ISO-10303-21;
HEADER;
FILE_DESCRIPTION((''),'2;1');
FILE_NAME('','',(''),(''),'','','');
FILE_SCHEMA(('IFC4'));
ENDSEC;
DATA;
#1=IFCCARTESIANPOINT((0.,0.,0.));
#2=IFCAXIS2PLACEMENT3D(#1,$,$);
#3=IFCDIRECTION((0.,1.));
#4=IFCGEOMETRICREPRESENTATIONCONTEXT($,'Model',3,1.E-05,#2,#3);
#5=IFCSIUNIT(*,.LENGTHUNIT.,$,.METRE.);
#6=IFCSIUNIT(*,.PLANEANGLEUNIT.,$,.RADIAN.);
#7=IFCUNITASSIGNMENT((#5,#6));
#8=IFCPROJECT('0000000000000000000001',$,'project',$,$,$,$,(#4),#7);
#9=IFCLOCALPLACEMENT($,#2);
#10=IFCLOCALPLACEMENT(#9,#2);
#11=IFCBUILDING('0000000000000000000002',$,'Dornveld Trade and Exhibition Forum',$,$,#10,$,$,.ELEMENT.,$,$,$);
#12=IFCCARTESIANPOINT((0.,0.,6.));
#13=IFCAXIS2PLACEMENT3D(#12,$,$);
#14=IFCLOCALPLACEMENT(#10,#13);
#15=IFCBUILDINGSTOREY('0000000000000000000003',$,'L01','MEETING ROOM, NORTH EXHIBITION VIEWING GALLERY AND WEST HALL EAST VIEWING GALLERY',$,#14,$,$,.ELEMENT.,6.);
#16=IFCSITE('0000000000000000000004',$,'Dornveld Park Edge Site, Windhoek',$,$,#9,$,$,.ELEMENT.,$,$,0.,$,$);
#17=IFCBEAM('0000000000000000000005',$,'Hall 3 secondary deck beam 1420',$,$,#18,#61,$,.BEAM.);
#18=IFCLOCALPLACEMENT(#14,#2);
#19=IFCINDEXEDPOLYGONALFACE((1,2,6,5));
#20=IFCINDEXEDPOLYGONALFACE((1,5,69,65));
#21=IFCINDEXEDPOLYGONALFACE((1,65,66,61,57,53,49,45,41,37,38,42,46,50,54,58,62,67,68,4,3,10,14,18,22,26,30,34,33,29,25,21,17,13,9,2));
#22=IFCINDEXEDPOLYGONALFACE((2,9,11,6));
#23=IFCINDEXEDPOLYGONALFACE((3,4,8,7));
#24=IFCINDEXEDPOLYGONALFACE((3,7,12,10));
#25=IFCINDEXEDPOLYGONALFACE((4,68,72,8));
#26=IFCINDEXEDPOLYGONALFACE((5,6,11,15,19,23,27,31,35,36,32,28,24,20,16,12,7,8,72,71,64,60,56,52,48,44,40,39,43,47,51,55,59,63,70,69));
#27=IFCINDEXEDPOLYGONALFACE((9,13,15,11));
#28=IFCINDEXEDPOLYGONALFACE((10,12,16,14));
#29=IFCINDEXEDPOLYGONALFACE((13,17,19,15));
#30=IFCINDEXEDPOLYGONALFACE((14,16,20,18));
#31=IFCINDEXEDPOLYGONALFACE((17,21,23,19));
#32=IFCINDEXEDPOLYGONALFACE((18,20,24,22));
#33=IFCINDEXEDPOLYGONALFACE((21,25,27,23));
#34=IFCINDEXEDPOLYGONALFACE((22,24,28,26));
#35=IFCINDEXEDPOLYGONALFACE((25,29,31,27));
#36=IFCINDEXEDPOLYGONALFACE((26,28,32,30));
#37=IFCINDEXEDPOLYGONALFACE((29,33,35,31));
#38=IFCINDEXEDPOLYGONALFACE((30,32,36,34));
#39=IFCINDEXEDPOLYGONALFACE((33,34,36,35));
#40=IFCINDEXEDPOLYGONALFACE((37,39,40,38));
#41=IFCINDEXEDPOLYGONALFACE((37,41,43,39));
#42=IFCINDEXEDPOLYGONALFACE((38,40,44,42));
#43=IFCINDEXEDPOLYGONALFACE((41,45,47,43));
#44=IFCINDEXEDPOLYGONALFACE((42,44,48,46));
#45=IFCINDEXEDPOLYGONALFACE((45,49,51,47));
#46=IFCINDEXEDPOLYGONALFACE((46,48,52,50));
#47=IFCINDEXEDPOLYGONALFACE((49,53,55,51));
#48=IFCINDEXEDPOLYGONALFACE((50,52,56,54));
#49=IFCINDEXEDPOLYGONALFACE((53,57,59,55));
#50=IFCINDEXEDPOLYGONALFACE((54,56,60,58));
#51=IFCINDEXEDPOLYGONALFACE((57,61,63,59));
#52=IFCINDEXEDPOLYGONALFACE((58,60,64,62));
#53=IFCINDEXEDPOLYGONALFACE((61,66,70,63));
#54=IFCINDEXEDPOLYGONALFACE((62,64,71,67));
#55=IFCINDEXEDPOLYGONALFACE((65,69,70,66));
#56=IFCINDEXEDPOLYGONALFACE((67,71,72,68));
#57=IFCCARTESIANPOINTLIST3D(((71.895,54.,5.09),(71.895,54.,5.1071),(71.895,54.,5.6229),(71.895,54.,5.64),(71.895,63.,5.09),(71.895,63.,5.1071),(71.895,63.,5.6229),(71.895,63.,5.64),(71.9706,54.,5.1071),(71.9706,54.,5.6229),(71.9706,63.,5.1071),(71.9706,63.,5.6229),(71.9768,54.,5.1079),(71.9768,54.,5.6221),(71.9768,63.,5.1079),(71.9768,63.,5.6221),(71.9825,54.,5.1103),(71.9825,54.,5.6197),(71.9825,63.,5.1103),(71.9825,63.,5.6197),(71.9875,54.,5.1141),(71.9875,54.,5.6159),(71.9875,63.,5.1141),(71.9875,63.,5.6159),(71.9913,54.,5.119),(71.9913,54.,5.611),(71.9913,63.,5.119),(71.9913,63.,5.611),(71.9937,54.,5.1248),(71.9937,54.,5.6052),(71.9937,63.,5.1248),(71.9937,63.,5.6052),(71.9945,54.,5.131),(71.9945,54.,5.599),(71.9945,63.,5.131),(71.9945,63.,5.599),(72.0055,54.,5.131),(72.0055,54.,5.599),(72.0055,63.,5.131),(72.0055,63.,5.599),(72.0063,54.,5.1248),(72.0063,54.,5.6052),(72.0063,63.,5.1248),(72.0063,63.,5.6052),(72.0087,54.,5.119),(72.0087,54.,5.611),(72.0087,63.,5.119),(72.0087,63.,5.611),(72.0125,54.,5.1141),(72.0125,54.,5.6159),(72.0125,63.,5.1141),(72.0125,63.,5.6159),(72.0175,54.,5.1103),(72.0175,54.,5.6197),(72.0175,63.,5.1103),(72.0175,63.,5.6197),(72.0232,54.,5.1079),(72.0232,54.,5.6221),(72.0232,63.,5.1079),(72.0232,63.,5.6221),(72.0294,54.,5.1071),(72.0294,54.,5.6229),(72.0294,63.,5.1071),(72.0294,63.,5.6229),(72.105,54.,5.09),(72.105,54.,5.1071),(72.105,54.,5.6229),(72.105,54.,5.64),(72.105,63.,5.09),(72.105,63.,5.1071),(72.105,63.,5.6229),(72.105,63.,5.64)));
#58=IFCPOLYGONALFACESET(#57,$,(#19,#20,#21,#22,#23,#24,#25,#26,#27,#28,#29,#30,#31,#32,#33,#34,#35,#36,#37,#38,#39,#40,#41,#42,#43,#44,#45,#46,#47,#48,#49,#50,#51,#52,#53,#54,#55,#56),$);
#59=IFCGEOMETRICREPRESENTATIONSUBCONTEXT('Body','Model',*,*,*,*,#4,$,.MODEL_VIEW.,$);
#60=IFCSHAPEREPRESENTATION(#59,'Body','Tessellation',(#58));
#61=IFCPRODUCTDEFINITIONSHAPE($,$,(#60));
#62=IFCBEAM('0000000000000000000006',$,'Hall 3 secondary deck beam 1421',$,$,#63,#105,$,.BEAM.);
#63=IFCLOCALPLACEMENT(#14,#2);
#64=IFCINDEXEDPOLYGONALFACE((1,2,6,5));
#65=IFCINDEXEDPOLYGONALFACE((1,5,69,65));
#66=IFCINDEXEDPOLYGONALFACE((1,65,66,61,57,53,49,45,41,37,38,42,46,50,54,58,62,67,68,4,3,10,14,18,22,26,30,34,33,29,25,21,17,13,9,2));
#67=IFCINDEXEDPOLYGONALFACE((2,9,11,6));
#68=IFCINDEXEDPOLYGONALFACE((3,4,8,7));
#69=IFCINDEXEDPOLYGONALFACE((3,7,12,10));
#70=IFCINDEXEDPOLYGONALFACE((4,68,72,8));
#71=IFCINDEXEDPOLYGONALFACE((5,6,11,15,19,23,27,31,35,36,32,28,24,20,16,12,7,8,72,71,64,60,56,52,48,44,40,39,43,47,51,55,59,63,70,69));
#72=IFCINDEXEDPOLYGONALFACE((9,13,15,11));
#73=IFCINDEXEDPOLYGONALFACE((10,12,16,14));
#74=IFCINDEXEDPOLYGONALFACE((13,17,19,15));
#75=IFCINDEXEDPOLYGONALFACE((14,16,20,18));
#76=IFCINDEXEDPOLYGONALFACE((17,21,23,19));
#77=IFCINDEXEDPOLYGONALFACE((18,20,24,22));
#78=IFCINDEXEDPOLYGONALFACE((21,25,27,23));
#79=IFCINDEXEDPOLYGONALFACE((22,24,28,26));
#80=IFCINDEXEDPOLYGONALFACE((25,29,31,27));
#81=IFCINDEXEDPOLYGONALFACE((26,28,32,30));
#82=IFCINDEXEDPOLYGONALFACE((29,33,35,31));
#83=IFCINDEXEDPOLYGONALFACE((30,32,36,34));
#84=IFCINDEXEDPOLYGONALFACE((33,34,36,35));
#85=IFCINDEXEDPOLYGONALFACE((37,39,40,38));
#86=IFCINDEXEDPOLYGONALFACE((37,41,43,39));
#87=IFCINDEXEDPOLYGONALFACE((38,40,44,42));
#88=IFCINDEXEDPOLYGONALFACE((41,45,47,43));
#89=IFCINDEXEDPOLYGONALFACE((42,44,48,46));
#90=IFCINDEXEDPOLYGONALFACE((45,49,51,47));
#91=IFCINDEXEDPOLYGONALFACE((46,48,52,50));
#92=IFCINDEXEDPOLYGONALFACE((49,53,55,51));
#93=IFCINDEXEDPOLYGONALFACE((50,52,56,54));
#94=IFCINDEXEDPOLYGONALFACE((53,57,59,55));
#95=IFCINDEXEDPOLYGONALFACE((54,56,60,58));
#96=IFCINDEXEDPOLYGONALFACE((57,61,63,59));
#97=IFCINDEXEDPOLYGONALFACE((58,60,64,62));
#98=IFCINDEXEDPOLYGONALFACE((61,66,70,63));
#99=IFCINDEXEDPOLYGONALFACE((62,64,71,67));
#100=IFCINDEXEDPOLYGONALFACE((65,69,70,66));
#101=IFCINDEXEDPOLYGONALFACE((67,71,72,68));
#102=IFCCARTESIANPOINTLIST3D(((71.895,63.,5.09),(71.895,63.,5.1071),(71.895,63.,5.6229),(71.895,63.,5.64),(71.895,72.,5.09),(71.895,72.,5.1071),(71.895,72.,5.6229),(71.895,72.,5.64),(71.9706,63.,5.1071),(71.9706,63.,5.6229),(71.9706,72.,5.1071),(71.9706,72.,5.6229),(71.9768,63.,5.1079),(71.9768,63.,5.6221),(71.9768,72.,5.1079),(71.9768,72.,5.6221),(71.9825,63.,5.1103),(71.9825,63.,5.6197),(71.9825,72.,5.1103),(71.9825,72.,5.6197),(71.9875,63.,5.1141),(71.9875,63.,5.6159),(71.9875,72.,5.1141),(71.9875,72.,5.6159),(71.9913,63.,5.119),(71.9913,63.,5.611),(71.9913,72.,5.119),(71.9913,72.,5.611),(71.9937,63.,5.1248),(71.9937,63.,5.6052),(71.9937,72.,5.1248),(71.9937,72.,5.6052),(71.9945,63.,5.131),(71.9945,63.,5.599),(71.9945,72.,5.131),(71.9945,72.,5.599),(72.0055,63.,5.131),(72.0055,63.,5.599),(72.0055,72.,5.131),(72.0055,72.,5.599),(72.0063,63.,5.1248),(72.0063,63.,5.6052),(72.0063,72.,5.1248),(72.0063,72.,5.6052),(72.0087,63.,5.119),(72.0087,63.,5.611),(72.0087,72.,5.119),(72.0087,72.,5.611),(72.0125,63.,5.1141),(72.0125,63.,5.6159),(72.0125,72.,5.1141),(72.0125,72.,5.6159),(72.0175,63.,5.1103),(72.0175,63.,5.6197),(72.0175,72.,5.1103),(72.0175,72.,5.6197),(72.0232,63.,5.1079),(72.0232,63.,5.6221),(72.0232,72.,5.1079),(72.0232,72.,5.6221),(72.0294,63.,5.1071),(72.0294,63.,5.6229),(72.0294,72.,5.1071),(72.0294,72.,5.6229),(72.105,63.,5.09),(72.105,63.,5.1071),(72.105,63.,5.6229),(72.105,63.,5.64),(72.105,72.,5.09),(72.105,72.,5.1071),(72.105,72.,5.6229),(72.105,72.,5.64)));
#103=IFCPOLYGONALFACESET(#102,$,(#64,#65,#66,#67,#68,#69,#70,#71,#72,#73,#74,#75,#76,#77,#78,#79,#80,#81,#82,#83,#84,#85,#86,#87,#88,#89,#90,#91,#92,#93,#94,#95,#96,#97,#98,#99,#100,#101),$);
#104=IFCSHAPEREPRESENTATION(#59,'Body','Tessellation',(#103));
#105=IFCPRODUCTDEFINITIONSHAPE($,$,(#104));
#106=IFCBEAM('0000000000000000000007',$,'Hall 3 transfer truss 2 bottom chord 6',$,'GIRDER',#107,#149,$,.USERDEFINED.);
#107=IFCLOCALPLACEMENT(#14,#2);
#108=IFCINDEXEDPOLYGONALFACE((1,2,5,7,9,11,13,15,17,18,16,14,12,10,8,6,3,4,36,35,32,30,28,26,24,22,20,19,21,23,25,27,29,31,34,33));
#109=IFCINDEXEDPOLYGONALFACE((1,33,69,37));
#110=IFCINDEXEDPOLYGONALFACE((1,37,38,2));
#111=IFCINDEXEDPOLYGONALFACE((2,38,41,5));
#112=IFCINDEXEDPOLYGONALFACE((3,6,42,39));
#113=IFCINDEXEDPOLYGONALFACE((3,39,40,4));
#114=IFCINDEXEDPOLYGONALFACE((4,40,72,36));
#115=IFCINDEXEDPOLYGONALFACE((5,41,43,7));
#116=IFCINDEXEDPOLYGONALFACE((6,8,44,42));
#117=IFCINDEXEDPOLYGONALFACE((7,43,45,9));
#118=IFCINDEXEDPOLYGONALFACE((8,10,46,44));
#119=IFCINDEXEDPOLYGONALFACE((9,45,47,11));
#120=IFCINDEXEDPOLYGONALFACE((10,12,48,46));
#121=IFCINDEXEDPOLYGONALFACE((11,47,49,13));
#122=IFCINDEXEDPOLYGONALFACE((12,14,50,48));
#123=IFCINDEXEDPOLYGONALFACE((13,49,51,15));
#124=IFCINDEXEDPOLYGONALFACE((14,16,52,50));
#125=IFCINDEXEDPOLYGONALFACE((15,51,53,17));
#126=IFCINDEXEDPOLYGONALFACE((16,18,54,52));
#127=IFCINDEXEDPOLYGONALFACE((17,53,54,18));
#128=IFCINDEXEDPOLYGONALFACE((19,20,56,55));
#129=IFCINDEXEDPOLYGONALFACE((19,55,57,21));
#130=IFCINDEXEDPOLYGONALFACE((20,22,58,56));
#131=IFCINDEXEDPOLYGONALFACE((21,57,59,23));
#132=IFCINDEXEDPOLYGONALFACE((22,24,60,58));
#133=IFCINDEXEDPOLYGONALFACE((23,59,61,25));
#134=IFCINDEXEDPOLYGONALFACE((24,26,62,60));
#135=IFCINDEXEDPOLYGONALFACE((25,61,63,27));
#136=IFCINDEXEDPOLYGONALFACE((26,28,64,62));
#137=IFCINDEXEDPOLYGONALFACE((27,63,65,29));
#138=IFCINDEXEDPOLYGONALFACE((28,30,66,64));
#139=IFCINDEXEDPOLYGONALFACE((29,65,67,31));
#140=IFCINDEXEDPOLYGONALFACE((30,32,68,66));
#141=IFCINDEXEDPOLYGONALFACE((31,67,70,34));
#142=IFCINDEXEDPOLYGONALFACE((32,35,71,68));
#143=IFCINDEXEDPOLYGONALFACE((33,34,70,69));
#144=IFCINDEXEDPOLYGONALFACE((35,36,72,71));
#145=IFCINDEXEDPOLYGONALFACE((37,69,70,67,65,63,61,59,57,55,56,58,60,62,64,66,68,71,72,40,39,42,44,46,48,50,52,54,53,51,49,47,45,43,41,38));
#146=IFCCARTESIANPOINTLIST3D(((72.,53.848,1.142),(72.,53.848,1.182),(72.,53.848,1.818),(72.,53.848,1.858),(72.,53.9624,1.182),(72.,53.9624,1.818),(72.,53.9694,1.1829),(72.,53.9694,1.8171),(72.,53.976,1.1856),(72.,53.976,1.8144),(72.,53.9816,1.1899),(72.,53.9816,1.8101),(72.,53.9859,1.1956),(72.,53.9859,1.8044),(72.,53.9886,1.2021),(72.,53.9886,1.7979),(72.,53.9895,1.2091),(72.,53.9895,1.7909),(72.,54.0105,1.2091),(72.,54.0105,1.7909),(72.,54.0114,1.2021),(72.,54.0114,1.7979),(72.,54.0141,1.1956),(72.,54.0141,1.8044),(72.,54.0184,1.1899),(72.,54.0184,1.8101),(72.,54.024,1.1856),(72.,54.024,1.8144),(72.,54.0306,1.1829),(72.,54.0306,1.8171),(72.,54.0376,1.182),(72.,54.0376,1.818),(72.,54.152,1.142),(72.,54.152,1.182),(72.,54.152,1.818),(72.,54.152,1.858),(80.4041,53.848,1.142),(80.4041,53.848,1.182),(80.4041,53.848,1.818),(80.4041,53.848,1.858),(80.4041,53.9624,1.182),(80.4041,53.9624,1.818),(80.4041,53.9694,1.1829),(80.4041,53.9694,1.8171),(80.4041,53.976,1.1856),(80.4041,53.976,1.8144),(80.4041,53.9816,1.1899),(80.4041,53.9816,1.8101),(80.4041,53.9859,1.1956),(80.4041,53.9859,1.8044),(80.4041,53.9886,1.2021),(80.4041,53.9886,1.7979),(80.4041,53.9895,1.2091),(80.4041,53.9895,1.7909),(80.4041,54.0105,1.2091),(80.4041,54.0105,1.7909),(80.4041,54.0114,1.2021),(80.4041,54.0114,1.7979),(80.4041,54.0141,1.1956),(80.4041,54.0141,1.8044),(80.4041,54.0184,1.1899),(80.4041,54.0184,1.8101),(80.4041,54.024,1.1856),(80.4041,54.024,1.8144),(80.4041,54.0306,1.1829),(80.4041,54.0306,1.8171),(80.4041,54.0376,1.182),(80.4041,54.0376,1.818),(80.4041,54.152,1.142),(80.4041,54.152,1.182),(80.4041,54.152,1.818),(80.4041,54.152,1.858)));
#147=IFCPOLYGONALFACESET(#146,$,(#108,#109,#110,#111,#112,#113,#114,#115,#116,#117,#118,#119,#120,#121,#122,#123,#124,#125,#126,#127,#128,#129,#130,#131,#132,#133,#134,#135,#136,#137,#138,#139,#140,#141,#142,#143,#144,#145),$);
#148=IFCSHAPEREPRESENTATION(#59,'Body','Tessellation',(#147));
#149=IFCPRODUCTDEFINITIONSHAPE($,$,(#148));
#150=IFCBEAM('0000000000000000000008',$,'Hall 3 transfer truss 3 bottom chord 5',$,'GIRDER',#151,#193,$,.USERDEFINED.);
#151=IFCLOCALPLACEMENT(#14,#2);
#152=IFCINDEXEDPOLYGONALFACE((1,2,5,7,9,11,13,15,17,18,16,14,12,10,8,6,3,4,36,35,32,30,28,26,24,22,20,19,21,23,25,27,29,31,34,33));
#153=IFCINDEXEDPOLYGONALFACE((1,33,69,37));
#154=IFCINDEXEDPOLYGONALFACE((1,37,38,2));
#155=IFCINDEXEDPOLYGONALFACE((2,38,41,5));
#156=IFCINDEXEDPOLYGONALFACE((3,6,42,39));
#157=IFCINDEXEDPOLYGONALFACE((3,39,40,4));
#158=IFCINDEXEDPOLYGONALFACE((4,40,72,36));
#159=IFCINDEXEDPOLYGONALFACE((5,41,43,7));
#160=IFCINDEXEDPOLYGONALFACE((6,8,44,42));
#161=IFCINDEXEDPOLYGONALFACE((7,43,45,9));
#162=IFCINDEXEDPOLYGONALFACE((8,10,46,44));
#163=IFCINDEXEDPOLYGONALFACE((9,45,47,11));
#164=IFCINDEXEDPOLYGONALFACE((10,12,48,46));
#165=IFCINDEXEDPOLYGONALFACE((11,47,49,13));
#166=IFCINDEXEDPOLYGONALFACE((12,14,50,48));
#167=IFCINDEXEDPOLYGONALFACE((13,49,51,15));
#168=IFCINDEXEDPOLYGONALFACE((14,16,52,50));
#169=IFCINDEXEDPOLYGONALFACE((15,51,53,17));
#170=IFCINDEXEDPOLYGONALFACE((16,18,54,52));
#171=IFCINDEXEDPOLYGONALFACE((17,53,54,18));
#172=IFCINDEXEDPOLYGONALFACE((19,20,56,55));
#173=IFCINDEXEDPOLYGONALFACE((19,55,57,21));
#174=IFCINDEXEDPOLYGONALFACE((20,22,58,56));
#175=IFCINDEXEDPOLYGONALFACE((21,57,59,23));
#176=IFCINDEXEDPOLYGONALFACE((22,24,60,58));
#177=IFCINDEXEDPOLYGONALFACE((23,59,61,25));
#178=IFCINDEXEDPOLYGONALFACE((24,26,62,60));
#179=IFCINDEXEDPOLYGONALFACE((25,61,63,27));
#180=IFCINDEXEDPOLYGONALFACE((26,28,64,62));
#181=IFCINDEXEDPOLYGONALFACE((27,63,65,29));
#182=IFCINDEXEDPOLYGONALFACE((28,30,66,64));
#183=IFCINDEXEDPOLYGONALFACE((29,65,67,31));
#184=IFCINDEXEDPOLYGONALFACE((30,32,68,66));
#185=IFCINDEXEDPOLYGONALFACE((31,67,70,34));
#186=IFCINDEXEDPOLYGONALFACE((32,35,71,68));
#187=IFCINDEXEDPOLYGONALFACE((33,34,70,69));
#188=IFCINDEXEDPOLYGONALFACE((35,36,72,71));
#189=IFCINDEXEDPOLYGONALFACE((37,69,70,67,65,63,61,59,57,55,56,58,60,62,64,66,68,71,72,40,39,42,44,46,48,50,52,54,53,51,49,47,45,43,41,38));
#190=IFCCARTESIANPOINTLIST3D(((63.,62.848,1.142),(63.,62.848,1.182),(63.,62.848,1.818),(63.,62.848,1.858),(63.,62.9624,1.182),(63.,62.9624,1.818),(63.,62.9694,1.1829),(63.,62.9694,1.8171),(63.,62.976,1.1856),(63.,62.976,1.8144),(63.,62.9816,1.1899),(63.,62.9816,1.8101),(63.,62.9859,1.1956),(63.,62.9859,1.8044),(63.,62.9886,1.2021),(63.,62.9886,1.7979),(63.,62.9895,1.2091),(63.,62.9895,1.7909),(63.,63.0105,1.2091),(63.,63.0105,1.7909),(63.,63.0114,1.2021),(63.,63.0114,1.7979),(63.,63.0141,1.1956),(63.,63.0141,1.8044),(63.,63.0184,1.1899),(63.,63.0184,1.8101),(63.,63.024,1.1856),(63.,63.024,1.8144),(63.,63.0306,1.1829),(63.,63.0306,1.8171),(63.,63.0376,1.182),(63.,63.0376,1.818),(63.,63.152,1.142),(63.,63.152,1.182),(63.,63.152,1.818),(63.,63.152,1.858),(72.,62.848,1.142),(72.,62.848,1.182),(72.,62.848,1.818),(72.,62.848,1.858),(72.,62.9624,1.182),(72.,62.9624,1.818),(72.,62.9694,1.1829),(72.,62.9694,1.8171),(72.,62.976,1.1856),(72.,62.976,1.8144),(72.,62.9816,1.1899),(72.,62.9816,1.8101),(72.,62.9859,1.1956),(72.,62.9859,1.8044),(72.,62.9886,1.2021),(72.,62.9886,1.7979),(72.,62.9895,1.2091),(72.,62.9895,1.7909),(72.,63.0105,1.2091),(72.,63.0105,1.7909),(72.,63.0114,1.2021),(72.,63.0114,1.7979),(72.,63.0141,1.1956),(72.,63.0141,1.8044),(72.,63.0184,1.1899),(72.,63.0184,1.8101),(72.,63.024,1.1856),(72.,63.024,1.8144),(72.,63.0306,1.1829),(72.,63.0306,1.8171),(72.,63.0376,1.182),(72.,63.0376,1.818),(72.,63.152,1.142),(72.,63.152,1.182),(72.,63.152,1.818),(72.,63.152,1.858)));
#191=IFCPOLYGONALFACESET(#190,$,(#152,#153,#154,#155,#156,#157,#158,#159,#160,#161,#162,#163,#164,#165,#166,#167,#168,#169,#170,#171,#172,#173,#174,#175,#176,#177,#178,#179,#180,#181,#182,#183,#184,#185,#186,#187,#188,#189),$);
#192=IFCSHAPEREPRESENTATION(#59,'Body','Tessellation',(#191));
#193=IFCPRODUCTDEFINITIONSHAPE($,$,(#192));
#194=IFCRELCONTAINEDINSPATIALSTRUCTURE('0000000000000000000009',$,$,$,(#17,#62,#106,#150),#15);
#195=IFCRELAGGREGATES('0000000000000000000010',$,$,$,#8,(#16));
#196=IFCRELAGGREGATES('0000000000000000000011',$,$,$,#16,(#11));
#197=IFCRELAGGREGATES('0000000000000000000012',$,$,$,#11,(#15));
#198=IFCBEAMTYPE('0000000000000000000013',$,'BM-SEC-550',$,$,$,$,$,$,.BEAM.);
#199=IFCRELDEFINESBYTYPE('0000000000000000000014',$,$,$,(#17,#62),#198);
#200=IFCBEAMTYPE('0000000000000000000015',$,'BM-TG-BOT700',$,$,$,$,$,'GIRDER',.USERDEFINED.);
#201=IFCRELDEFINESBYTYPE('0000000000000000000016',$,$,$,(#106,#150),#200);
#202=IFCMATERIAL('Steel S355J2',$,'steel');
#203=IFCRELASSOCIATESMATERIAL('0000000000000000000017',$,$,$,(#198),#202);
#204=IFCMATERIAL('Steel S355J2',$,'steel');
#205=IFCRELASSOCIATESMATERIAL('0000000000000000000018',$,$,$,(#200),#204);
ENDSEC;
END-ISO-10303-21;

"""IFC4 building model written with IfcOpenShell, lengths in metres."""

from ifc_helpers import new_model, si_unit, direction, frame, origin, origin_2d, place, context, subcontext, project, spatial, i_section, extrude, material, material_profile, profile_set, type_object, element, save


model = new_model("IFC4")

# Units and contexts
model_context = context("Model", 3, precision=1e-05, world=origin(), true_north=direction((0.0, 1.0)))
body_context = subcontext(model_context, "Body", "Model", "MODEL_VIEW")
ifc_project = project(units=[si_unit("LENGTHUNIT", "METRE"), si_unit("PLANEANGLEUNIT", "RADIAN")], contexts=[model_context])

# Site, building, storey
site_placement = place(None, origin())
site = spatial("IfcSite", under=ifc_project, at=site_placement, Name="Dornveld Park Edge Site, Windhoek", CompositionType="ELEMENT", RefElevation=0.0)
building_placement = place(site_placement, origin())
building = spatial("IfcBuilding", under=site, at=building_placement, Name="Dornveld Trade and Exhibition Forum", CompositionType="ELEMENT")
storey_placement = place(building_placement, frame((0.0, 0.0, 6.0)))
storey = spatial("IfcBuildingStorey", under=building, at=storey_placement, Name="L01", Description="MEETING ROOM, NORTH EXHIBITION VIEWING GALLERY AND WEST HALL EAST VIEWING GALLERY", CompositionType="ELEMENT", Elevation=6.0)

# Beams
ifc_material_1 = material(Name="Steel S355J2", Category="steel")
ifc_material_profile_1 = material_profile(ifc_material_1, i_section(OverallWidth=0.21, OverallDepth=0.55, WebThickness=0.011, FlangeThickness=0.0171, FilletRadius=0.0239, at=origin_2d()), Name="IPE 550")
ifc_profile_set_1 = profile_set([ifc_material_profile_1], Name="Steel S355J2")
beam_type_1 = type_object("IfcBeamType", Name="BM-SEC-550", PredefinedType="BEAM", material=ifc_profile_set_1)
for number, where, z_axis, x_axis, name in (
    (1, (72.0, 54.0, 5.365), (0.0, 1.0, 0.0), (-1.0, 0.0, 0.0), "Hall 3 secondary deck beam 1420"),
    (2, (72.0, 63.0, 5.365), (0.0, 1.0, 0.0), (-1.0, 0.0, 0.0), "Hall 3 secondary deck beam 1421"),
):
    element("IfcBeam", number, at=place(storey_placement, frame(where, z_axis=z_axis, x_axis=x_axis)), inside=storey, type_object=beam_type_1, Name=name, PredefinedType="BEAM", context=body_context, shape_type="SweptSolid", body=[
        extrude(i_section(OverallWidth=0.21, OverallDepth=0.55, WebThickness=0.011, FlangeThickness=0.0171, FilletRadius=0.0239, at=origin_2d()), origin(), (0.0, 0.0, 1.0), 9.0),
    ])
ifc_material_2 = material(Name="Steel S355J2", Category="steel")
ifc_material_profile_2 = material_profile(ifc_material_2, i_section(OverallWidth=0.304, OverallDepth=0.7161, WebThickness=0.021, FlangeThickness=0.04, FilletRadius=0.0271, at=origin_2d()), Name="HEM 700")
ifc_profile_set_2 = profile_set([ifc_material_profile_2], Name="Steel S355J2")
beam_type_2 = type_object("IfcBeamType", Name="BM-TG-BOT700", ElementType="GIRDER", PredefinedType="USERDEFINED", material=ifc_profile_set_2)
beam_1_placement = place(storey_placement, frame((72.0, 54.0, 1.5), z_axis=(1.0, 0.0, 0.0), x_axis=(0.0, 1.0, 0.0)))
element("IfcBeam", 3, at=beam_1_placement, inside=storey, type_object=beam_type_2, Name="Hall 3 transfer truss 2 bottom chord 6", ObjectType="GIRDER", PredefinedType="USERDEFINED", context=body_context, shape_type="SweptSolid", body=[
    extrude(i_section(OverallWidth=0.304, OverallDepth=0.7161, WebThickness=0.021, FlangeThickness=0.04, FilletRadius=0.0271, at=origin_2d()), origin(), (0.0, 0.0, 1.0), 8.4041),
])
beam_2_placement = place(storey_placement, frame((63.0, 63.0, 1.5), z_axis=(1.0, 0.0, 0.0), x_axis=(0.0, 1.0, 0.0)))
element("IfcBeam", 4, at=beam_2_placement, inside=storey, type_object=beam_type_2, Name="Hall 3 transfer truss 3 bottom chord 5", ObjectType="GIRDER", PredefinedType="USERDEFINED", context=body_context, shape_type="SweptSolid", body=[
    extrude(i_section(OverallWidth=0.304, OverallDepth=0.7161, WebThickness=0.021, FlangeThickness=0.04, FilletRadius=0.0271, at=origin_2d()), origin(), (0.0, 0.0, 1.0), 9.0),
])

save(model, "model.ifc")
